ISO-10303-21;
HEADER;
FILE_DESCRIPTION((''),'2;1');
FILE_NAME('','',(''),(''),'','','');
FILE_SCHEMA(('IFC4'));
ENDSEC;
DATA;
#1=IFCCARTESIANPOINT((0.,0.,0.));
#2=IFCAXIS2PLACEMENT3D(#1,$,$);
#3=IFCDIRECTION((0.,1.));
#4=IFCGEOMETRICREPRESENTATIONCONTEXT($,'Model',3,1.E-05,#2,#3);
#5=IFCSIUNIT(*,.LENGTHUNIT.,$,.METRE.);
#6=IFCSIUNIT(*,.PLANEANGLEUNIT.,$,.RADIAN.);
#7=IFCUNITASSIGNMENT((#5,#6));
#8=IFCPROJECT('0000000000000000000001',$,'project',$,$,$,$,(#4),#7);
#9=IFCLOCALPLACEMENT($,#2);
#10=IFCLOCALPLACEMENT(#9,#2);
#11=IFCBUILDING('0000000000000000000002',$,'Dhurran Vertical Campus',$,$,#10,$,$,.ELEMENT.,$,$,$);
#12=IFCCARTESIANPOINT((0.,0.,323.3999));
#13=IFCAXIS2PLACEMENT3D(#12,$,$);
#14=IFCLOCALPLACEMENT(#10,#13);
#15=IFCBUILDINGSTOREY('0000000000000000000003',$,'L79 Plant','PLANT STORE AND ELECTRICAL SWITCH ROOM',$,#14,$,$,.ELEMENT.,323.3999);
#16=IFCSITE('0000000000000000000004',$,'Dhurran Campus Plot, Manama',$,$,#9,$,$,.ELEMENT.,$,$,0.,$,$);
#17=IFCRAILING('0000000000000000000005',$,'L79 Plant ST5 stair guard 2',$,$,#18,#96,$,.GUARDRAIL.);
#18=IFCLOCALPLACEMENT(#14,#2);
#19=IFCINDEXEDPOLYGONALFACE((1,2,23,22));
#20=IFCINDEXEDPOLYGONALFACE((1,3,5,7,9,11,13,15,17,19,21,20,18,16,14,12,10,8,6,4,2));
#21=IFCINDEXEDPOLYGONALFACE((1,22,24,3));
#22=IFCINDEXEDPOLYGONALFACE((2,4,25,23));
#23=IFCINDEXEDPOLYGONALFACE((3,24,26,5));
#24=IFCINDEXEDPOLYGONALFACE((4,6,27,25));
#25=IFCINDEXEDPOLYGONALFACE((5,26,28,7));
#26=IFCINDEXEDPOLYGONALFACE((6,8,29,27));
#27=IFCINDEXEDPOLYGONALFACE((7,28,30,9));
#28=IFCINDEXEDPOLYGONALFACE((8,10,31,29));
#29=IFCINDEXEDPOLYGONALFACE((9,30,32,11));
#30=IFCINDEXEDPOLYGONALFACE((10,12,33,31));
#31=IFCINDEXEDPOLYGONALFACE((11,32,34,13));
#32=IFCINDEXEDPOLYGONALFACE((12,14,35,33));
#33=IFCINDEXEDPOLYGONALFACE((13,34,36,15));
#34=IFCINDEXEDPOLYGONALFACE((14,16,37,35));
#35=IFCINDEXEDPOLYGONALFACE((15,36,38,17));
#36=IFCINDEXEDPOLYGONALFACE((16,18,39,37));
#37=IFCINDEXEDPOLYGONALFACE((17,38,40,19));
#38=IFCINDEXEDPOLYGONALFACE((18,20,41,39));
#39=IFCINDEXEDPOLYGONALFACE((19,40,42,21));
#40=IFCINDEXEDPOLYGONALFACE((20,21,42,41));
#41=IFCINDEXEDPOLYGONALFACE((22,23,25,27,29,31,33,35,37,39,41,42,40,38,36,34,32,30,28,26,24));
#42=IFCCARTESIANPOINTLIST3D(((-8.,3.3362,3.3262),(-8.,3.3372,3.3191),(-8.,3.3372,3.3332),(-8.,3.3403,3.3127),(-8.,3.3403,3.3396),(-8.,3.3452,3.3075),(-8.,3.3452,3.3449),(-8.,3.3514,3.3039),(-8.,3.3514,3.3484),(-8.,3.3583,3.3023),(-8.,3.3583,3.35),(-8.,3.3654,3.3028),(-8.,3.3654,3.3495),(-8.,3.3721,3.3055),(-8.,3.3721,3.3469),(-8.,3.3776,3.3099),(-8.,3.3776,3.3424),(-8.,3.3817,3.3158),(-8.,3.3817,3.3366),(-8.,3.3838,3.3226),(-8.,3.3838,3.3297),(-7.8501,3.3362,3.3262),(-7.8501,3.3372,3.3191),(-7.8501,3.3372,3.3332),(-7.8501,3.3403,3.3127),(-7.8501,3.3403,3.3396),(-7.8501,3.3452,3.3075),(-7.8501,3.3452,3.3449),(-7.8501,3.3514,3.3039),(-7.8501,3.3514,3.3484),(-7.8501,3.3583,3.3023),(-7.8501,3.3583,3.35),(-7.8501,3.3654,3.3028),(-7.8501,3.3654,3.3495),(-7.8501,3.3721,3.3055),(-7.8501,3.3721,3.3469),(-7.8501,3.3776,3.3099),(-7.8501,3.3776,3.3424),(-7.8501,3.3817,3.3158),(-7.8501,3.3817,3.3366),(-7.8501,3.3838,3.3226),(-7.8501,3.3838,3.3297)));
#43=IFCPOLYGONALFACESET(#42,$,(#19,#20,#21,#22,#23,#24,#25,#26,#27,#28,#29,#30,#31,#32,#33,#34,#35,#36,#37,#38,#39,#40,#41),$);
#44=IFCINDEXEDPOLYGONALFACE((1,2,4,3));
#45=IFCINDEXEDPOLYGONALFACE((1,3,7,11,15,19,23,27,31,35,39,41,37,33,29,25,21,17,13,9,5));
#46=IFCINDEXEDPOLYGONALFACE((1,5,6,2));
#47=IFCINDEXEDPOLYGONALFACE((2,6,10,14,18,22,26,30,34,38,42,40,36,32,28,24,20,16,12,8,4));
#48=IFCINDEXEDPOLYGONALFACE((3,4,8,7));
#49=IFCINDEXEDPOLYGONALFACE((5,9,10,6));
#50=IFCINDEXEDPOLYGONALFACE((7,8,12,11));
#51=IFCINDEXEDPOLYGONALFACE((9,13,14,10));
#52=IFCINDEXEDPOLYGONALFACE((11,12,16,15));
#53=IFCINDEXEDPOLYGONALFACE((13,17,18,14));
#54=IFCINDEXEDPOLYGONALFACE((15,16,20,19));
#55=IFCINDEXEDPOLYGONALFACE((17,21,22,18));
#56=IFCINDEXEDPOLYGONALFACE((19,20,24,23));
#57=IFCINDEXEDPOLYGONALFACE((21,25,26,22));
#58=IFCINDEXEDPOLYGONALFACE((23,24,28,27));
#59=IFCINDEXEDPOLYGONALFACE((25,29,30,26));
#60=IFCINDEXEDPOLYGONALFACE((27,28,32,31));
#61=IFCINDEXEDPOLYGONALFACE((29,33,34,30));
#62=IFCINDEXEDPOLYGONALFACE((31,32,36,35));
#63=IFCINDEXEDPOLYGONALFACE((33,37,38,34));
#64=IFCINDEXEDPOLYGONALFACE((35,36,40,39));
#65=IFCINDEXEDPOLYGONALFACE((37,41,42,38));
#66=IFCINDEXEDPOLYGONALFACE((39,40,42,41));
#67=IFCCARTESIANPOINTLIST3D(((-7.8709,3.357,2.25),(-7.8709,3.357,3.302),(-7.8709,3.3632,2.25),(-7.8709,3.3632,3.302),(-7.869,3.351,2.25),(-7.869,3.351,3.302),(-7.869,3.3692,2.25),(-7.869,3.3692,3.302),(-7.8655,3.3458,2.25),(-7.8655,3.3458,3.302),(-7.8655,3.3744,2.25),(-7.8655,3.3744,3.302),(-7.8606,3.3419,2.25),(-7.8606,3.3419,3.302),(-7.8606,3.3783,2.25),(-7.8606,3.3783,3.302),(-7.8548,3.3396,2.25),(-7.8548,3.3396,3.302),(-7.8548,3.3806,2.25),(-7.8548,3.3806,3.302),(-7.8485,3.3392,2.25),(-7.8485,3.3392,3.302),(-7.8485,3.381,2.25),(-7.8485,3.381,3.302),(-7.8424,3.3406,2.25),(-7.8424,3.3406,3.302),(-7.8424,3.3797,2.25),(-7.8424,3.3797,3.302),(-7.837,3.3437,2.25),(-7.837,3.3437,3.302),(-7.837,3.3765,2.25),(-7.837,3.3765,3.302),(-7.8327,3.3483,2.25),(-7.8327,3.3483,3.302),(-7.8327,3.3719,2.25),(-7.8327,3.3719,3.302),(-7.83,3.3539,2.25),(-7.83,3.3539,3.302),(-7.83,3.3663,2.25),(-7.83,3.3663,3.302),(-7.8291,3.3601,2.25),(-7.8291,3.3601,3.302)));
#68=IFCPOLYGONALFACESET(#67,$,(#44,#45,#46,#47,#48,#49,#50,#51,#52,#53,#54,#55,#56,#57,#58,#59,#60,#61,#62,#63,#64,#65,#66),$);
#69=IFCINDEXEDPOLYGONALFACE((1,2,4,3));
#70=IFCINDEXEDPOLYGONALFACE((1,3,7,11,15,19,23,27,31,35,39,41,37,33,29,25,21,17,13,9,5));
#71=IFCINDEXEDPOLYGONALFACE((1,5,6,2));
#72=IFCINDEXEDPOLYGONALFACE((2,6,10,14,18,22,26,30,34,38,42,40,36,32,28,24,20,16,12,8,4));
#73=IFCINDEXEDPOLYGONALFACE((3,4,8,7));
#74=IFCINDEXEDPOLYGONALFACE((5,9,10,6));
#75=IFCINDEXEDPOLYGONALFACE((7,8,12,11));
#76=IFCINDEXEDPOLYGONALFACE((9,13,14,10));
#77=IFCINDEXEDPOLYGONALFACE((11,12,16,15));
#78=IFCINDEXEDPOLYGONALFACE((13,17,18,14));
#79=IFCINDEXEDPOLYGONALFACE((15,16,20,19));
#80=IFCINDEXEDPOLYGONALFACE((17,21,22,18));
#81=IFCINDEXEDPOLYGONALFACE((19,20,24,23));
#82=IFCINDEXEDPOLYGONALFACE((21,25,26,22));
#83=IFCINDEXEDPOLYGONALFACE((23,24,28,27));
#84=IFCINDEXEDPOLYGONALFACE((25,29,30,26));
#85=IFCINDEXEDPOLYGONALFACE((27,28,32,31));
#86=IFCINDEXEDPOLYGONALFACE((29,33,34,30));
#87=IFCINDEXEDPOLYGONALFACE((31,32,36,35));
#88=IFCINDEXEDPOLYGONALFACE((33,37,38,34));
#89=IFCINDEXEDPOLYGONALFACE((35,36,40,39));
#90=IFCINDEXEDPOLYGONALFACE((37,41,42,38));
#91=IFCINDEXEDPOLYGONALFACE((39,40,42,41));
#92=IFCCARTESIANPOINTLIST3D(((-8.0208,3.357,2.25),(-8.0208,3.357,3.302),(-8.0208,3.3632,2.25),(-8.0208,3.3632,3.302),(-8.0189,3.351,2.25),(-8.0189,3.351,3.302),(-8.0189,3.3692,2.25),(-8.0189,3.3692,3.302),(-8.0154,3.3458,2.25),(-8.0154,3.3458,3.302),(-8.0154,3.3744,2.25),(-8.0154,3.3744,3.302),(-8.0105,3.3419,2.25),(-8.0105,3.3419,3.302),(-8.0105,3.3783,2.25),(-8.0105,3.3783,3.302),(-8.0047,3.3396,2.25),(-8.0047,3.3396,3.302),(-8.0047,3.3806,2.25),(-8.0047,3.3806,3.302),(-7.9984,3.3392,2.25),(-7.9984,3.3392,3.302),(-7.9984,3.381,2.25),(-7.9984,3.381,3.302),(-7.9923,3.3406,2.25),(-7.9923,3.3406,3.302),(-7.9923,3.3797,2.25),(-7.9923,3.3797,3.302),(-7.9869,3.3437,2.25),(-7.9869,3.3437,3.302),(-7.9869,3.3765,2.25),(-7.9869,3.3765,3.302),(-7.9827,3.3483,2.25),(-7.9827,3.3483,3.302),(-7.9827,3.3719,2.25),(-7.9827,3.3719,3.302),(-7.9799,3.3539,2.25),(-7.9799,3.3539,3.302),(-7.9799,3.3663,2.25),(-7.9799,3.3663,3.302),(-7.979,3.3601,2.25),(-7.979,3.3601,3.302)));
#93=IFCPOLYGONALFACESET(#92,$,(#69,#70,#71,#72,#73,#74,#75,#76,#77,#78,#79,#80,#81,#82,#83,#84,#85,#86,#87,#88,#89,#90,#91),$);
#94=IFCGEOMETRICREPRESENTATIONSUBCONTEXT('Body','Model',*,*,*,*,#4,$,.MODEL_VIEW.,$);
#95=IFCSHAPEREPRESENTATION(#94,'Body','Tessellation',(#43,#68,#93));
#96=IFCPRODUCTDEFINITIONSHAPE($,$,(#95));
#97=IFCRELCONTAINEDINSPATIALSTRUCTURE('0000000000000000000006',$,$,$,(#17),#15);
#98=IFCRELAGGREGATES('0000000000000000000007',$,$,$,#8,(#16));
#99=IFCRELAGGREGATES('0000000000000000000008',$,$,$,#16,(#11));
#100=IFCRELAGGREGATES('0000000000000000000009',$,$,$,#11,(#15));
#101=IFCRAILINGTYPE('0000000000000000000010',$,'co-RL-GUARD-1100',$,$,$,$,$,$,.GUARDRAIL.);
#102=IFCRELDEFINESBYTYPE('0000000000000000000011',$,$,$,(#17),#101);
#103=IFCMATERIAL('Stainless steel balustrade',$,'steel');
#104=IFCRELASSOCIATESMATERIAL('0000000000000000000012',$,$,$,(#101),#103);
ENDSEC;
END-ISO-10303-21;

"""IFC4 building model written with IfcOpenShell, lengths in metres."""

from ifc_helpers import new_model, si_unit, direction, frame, origin, origin_2d, place, context, subcontext, project, spatial, circle, extrude, material, type_object, element, save


model = new_model("IFC4")

# Units and contexts
model_context = context("Model", 3, precision=1e-05, world=origin(), true_north=direction((0.0, 1.0)))
body_context = subcontext(model_context, "Body", "Model", "MODEL_VIEW")
ifc_project = project(units=[si_unit("LENGTHUNIT", "METRE"), si_unit("PLANEANGLEUNIT", "RADIAN")], contexts=[model_context])

# Site, building, storey
site_placement = place(None, origin())
site = spatial("IfcSite", under=ifc_project, at=site_placement, Name="Dhurran Campus Plot, Manama", CompositionType="ELEMENT", RefElevation=0.0)
building_placement = place(site_placement, origin())
building = spatial("IfcBuilding", under=site, at=building_placement, Name="Dhurran Vertical Campus", CompositionType="ELEMENT")
storey_placement = place(building_placement, frame((0.0, 0.0, 323.3999)))
storey = spatial("IfcBuildingStorey", under=building, at=storey_placement, Name="L79 Plant", Description="PLANT STORE AND ELECTRICAL SWITCH ROOM", CompositionType="ELEMENT", Elevation=323.3999)

# Railing
ifc_material_1 = material(Name="Stainless steel balustrade", Category="steel")
railing_type = type_object("IfcRailingType", Name="co-RL-GUARD-1100", PredefinedType="GUARDRAIL", material=ifc_material_1)
railing_1_placement = place(storey_placement, frame((-7.8501, 3.3601, 2.25)))
element("IfcRailing", 1, at=railing_1_placement, inside=storey, type_object=railing_type, Name="L79 Plant ST5 stair guard 2", PredefinedType="GUARDRAIL", context=body_context, shape_type="SweptSolid", body=[
    extrude(circle(Radius=0.0239, at=origin_2d()), frame((0.0, 0.0, 1.0762), z_axis=(-1.0, 0.0, 0.0), x_axis=(0.0, -1.0, 0.0)), (0.0, 0.0, 1.0), 0.1499),
    extrude(circle(Radius=0.021, at=origin_2d()), origin(), (0.0, 0.0, 1.0), 1.052),
    extrude(circle(Radius=0.021, at=origin_2d()), frame((-0.1499, 0.0, 0.0)), (0.0, 0.0, 1.0), 1.052),
])

save(model, "model.ifc")
